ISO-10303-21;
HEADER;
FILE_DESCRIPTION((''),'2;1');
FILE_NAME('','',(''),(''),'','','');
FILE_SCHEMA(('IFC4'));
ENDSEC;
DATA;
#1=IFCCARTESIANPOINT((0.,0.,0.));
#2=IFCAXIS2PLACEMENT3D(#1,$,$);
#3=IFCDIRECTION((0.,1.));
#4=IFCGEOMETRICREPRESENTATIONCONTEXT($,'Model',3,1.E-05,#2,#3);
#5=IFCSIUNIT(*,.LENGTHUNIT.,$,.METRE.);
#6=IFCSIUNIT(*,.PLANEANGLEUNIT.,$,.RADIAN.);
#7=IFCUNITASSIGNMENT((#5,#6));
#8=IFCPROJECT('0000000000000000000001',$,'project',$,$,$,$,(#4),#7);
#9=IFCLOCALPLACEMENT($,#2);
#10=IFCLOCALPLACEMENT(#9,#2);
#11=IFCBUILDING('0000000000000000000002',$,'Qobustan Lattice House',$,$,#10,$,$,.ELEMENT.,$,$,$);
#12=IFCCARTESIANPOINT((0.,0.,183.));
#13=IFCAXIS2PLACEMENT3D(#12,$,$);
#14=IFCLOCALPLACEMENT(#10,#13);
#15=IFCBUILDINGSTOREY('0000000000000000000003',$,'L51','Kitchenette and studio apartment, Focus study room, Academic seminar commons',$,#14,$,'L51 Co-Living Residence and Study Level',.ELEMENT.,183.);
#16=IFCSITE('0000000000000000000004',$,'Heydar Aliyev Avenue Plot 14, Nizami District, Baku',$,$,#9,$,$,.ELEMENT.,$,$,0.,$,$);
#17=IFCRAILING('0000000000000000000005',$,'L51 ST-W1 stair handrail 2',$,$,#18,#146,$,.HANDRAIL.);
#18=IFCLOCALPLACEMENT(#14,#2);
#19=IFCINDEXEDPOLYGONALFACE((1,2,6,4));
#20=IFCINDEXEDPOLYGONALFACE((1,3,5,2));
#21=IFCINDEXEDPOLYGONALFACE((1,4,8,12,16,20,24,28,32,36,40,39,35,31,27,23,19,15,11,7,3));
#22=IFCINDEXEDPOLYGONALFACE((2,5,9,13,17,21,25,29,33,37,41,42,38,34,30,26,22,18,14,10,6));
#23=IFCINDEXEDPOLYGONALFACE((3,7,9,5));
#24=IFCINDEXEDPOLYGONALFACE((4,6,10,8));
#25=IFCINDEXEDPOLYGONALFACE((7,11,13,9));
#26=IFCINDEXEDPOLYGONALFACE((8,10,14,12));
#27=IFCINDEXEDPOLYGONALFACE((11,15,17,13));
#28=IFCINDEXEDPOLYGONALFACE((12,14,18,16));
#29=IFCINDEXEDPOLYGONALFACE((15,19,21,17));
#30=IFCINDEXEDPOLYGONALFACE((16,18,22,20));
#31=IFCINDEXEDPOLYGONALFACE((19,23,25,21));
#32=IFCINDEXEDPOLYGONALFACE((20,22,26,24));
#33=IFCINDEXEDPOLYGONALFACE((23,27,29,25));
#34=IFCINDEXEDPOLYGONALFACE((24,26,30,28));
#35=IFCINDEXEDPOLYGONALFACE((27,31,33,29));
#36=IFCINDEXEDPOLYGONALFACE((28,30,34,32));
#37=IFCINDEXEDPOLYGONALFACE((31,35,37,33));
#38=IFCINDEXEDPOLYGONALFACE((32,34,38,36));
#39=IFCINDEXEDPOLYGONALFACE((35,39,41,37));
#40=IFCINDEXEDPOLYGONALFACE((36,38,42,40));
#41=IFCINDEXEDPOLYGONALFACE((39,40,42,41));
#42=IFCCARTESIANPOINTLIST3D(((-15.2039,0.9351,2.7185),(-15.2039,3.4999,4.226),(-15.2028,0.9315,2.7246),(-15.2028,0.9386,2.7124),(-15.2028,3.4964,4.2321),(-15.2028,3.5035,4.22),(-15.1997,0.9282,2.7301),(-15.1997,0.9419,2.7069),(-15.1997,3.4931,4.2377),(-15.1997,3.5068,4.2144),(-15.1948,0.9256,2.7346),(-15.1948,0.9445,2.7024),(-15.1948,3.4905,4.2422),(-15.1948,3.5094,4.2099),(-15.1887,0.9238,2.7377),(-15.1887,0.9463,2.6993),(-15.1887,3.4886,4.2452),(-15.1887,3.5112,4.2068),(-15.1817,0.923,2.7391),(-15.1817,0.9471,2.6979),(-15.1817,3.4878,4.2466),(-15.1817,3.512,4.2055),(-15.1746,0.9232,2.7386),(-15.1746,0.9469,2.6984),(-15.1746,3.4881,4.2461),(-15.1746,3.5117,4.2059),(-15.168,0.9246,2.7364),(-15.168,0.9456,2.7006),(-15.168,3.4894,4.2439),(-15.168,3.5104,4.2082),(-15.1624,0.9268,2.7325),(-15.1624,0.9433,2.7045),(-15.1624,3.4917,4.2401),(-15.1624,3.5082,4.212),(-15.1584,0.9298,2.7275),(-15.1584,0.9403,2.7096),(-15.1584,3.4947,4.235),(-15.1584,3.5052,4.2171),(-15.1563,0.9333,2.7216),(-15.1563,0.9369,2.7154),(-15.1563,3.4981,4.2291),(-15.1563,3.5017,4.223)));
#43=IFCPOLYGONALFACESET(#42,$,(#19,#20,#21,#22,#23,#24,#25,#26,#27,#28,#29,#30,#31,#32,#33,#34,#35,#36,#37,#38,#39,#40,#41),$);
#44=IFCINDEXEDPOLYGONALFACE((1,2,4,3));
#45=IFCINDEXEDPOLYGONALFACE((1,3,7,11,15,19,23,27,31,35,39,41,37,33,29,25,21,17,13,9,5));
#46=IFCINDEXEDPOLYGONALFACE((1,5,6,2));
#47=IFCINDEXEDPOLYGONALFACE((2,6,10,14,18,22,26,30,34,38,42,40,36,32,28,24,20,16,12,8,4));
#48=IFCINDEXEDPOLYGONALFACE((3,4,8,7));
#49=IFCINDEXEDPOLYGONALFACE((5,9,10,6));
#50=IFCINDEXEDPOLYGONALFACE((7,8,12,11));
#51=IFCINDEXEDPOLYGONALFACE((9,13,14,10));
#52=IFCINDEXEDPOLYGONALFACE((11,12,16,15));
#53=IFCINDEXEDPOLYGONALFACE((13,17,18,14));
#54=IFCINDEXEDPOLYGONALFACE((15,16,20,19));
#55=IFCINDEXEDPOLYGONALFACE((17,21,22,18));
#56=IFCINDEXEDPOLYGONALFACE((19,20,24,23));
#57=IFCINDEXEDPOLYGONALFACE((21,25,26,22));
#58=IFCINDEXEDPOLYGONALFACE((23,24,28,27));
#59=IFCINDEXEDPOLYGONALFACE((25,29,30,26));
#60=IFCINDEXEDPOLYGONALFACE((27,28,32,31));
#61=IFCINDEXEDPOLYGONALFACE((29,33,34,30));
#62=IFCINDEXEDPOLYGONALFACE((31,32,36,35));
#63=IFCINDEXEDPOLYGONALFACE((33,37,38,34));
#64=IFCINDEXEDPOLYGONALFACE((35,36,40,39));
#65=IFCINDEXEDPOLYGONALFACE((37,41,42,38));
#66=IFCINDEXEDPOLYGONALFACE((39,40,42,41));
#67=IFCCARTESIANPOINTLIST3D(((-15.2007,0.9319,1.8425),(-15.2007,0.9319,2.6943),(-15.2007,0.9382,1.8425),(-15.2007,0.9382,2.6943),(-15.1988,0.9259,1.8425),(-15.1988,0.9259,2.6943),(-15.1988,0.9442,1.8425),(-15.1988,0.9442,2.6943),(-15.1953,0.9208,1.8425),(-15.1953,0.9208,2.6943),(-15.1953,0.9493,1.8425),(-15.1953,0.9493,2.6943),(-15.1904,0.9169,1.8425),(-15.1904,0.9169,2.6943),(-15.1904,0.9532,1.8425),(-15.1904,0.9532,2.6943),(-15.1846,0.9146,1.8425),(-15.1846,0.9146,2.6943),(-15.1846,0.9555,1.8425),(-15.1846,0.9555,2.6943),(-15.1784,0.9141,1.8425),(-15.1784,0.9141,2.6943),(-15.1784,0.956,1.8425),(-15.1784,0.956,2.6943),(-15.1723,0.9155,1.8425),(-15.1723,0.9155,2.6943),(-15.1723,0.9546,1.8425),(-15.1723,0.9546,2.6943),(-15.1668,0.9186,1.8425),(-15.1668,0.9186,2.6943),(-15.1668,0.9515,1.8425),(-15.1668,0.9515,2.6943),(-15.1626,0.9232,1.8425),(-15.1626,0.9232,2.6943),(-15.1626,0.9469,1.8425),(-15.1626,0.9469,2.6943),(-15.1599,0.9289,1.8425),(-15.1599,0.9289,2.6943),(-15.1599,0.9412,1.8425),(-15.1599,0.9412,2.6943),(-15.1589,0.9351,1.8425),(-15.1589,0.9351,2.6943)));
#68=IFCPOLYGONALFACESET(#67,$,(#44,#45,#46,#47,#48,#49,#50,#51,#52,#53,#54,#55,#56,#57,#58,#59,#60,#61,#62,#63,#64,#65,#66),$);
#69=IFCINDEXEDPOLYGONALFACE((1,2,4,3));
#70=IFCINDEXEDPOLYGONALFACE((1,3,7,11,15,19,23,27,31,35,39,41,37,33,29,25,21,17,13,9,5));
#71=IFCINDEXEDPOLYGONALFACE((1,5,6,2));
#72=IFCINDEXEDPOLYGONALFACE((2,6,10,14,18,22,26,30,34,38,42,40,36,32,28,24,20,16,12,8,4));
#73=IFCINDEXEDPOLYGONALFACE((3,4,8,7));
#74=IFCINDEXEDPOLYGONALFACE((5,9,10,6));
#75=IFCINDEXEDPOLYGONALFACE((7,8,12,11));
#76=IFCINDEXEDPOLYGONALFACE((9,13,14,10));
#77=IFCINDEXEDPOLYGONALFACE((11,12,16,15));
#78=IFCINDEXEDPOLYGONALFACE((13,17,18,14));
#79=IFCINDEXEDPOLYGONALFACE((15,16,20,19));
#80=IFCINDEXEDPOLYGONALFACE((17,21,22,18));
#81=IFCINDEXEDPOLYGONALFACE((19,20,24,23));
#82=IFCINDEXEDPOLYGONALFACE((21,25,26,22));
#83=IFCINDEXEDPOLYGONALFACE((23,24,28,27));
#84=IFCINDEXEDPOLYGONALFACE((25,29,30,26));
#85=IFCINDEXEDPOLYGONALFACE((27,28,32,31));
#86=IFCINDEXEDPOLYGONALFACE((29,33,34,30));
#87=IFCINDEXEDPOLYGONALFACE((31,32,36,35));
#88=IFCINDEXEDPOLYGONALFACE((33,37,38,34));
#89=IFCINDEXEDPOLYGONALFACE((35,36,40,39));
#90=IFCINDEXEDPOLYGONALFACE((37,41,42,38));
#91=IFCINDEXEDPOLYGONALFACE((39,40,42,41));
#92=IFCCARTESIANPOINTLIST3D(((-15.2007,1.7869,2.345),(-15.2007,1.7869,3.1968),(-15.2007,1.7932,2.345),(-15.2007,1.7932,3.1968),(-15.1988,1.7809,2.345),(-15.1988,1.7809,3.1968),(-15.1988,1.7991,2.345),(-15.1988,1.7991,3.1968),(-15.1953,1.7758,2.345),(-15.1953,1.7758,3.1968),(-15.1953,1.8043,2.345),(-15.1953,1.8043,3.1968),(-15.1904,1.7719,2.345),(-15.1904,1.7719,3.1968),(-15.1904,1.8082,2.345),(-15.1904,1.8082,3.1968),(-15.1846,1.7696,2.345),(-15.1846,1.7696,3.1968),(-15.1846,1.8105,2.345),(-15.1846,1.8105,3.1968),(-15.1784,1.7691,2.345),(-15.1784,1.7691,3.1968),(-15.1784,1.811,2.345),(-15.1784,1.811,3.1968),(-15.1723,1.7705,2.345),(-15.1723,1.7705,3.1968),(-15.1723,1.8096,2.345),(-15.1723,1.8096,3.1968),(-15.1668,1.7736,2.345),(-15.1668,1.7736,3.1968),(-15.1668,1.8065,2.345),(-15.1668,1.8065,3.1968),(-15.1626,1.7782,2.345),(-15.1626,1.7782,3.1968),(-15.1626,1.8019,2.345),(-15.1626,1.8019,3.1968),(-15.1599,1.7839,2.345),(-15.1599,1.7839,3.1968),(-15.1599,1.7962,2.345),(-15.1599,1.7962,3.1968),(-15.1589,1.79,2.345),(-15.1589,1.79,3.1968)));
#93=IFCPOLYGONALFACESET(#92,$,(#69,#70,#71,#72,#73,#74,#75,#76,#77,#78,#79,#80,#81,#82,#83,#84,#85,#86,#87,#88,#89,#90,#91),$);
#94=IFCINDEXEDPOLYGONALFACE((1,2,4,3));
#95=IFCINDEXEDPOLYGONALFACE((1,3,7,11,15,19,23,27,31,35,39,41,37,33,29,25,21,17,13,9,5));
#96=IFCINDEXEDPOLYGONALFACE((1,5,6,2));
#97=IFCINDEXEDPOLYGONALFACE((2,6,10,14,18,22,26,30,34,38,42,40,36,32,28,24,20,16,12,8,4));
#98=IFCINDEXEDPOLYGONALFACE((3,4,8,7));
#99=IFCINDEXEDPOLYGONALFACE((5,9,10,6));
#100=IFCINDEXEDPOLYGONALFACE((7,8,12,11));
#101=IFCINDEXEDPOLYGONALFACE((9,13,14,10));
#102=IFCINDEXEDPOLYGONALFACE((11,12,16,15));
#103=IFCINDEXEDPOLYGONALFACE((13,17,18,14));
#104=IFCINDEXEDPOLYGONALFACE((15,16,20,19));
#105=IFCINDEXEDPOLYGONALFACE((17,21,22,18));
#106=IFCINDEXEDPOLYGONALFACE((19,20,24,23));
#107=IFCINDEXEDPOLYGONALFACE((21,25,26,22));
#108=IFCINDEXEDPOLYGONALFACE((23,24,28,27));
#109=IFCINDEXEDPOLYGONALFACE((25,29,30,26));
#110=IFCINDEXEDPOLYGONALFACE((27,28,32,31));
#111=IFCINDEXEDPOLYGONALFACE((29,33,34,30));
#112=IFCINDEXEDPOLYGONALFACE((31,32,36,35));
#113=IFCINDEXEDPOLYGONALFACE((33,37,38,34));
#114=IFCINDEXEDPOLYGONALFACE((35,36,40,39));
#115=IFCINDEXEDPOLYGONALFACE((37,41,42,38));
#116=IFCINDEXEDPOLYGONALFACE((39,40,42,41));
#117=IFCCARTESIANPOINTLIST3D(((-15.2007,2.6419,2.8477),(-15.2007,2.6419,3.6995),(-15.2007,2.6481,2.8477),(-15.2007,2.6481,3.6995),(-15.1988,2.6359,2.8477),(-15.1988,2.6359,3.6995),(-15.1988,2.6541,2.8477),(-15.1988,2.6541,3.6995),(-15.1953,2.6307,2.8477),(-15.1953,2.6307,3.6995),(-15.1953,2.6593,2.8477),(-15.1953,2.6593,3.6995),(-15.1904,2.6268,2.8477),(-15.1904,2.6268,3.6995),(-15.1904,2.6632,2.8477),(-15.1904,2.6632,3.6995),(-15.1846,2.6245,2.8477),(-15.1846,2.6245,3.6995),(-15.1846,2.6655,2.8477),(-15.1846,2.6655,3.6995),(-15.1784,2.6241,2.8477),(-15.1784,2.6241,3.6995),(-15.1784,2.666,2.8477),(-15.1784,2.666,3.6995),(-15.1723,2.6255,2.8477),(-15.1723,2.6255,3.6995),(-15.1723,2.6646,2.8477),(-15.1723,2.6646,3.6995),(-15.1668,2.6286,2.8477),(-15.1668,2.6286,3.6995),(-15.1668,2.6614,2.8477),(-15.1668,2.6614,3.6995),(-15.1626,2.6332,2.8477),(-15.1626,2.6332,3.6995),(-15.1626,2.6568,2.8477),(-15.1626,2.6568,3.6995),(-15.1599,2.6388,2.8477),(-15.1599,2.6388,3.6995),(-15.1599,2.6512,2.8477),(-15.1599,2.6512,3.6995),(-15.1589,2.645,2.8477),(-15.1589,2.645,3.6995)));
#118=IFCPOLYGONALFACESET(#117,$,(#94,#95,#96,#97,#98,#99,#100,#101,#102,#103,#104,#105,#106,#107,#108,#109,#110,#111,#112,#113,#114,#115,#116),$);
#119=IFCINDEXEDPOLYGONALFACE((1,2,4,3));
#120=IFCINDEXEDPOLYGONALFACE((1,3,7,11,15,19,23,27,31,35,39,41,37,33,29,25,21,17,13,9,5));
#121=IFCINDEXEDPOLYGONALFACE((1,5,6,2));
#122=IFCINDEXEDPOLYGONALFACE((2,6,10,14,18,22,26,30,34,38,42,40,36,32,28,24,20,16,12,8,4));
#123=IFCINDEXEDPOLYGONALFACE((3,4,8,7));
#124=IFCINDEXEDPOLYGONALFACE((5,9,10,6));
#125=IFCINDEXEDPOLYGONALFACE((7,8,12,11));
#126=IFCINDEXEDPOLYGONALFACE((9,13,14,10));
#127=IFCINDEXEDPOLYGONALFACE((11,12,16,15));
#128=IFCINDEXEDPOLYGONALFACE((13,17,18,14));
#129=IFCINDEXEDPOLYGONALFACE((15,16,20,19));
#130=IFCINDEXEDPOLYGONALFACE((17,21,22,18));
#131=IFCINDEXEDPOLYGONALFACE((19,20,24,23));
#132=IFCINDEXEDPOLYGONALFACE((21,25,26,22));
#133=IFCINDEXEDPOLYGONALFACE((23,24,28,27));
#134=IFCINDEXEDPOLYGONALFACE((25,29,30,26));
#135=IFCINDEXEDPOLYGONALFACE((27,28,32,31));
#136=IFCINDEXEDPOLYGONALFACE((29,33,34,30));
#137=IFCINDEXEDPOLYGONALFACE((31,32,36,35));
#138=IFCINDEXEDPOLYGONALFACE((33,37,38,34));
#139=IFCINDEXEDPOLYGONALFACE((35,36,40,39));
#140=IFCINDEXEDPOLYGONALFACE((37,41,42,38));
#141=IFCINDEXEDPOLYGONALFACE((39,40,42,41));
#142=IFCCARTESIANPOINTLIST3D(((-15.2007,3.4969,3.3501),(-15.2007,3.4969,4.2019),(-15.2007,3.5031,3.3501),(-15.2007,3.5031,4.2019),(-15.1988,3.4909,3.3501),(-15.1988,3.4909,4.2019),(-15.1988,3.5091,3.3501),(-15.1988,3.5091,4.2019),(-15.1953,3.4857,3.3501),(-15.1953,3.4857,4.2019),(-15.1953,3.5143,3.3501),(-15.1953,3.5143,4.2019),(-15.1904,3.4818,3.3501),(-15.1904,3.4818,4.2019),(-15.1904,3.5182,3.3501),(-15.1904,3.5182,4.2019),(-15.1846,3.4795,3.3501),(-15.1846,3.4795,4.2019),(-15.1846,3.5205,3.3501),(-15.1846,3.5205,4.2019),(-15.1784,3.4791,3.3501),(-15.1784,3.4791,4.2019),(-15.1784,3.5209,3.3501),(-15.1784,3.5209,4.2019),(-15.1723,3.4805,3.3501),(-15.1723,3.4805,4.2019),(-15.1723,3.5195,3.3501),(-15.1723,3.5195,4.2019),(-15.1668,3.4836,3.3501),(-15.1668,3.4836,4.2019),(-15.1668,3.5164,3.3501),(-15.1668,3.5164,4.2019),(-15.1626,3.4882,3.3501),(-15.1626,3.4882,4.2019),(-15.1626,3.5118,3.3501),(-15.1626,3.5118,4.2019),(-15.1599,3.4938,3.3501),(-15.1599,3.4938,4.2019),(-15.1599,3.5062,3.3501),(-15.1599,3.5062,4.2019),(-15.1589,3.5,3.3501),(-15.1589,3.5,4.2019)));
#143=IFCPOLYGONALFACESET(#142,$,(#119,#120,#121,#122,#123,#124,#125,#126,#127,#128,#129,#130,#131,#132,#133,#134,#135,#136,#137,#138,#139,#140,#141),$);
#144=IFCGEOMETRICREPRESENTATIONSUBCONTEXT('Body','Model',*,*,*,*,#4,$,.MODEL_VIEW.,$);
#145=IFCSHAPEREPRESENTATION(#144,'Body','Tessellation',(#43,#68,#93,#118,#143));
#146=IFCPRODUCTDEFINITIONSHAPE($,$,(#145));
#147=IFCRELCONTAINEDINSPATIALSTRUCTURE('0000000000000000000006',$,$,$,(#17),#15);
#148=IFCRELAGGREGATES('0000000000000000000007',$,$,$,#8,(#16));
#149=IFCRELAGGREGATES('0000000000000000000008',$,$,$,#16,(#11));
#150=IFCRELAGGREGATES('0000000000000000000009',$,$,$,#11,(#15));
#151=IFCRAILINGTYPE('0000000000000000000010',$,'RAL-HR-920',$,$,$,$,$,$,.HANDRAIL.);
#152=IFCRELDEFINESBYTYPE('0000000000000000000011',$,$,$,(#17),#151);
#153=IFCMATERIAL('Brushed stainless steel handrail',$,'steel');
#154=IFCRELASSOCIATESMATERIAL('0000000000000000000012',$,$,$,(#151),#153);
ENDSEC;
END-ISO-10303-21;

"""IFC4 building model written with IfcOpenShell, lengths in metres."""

from ifc_helpers import new_model, si_unit, direction, frame, origin, origin_2d, place, context, subcontext, project, spatial, circle, extrude, material, type_object, element, save


model = new_model("IFC4")

# Units and contexts
model_context = context("Model", 3, precision=1e-05, world=origin(), true_north=direction((0.0, 1.0)))
body_context = subcontext(model_context, "Body", "Model", "MODEL_VIEW")
ifc_project = project(units=[si_unit("LENGTHUNIT", "METRE"), si_unit("PLANEANGLEUNIT", "RADIAN")], contexts=[model_context])

# Site, building, storey
site_placement = place(None, origin())
site = spatial("IfcSite", under=ifc_project, at=site_placement, Name="Heydar Aliyev Avenue Plot 14, Nizami District, Baku", CompositionType="ELEMENT", RefElevation=0.0)
building_placement = place(site_placement, origin())
building = spatial("IfcBuilding", under=site, at=building_placement, Name="Qobustan Lattice House", CompositionType="ELEMENT")
storey_placement = place(building_placement, frame((0.0, 0.0, 183.0)))
storey = spatial("IfcBuildingStorey", under=building, at=storey_placement, Name="L51", Description="Kitchenette and studio apartment, Focus study room, Academic seminar commons", LongName="L51 Co-Living Residence and Study Level", CompositionType="ELEMENT", Elevation=183.0)

# Railing
ifc_material_1 = material(Name="Brushed stainless steel handrail", Category="steel")
railing_type_1 = type_object("IfcRailingType", Name="RAL-HR-920", PredefinedType="HANDRAIL", material=ifc_material_1)
railing_1_placement = place(storey_placement, frame((-15.1799, 0.9351, 1.8425)))
element("IfcRailing", 1, at=railing_1_placement, inside=storey, type_object=railing_type_1, Name="L51 ST-W1 stair handrail 2", PredefinedType="HANDRAIL", context=body_context, shape_type="SweptSolid", body=[
    extrude(circle(Radius=0.0239, at=origin_2d()), frame((0.0, 0.0, 0.876), z_axis=(0.0, 0.862113, 0.506715), x_axis=(-1.0, 0.0, 0.0)), (0.0, 0.0, 1.0), 2.9751),
    extrude(circle(Radius=0.021, at=origin_2d()), origin(), (0.0, 0.0, 1.0), 0.8518),
    extrude(circle(Radius=0.021, at=origin_2d()), frame((0.0, 0.855, 0.5024)), (0.0, 0.0, 1.0), 0.8518),
    extrude(circle(Radius=0.021, at=origin_2d()), frame((0.0, 1.71, 1.0051)), (0.0, 0.0, 1.0), 0.8518),
    extrude(circle(Radius=0.021, at=origin_2d()), frame((0.0, 2.5649, 1.5076)), (0.0, 0.0, 1.0), 0.8518),
])

save(model, "model.ifc")
